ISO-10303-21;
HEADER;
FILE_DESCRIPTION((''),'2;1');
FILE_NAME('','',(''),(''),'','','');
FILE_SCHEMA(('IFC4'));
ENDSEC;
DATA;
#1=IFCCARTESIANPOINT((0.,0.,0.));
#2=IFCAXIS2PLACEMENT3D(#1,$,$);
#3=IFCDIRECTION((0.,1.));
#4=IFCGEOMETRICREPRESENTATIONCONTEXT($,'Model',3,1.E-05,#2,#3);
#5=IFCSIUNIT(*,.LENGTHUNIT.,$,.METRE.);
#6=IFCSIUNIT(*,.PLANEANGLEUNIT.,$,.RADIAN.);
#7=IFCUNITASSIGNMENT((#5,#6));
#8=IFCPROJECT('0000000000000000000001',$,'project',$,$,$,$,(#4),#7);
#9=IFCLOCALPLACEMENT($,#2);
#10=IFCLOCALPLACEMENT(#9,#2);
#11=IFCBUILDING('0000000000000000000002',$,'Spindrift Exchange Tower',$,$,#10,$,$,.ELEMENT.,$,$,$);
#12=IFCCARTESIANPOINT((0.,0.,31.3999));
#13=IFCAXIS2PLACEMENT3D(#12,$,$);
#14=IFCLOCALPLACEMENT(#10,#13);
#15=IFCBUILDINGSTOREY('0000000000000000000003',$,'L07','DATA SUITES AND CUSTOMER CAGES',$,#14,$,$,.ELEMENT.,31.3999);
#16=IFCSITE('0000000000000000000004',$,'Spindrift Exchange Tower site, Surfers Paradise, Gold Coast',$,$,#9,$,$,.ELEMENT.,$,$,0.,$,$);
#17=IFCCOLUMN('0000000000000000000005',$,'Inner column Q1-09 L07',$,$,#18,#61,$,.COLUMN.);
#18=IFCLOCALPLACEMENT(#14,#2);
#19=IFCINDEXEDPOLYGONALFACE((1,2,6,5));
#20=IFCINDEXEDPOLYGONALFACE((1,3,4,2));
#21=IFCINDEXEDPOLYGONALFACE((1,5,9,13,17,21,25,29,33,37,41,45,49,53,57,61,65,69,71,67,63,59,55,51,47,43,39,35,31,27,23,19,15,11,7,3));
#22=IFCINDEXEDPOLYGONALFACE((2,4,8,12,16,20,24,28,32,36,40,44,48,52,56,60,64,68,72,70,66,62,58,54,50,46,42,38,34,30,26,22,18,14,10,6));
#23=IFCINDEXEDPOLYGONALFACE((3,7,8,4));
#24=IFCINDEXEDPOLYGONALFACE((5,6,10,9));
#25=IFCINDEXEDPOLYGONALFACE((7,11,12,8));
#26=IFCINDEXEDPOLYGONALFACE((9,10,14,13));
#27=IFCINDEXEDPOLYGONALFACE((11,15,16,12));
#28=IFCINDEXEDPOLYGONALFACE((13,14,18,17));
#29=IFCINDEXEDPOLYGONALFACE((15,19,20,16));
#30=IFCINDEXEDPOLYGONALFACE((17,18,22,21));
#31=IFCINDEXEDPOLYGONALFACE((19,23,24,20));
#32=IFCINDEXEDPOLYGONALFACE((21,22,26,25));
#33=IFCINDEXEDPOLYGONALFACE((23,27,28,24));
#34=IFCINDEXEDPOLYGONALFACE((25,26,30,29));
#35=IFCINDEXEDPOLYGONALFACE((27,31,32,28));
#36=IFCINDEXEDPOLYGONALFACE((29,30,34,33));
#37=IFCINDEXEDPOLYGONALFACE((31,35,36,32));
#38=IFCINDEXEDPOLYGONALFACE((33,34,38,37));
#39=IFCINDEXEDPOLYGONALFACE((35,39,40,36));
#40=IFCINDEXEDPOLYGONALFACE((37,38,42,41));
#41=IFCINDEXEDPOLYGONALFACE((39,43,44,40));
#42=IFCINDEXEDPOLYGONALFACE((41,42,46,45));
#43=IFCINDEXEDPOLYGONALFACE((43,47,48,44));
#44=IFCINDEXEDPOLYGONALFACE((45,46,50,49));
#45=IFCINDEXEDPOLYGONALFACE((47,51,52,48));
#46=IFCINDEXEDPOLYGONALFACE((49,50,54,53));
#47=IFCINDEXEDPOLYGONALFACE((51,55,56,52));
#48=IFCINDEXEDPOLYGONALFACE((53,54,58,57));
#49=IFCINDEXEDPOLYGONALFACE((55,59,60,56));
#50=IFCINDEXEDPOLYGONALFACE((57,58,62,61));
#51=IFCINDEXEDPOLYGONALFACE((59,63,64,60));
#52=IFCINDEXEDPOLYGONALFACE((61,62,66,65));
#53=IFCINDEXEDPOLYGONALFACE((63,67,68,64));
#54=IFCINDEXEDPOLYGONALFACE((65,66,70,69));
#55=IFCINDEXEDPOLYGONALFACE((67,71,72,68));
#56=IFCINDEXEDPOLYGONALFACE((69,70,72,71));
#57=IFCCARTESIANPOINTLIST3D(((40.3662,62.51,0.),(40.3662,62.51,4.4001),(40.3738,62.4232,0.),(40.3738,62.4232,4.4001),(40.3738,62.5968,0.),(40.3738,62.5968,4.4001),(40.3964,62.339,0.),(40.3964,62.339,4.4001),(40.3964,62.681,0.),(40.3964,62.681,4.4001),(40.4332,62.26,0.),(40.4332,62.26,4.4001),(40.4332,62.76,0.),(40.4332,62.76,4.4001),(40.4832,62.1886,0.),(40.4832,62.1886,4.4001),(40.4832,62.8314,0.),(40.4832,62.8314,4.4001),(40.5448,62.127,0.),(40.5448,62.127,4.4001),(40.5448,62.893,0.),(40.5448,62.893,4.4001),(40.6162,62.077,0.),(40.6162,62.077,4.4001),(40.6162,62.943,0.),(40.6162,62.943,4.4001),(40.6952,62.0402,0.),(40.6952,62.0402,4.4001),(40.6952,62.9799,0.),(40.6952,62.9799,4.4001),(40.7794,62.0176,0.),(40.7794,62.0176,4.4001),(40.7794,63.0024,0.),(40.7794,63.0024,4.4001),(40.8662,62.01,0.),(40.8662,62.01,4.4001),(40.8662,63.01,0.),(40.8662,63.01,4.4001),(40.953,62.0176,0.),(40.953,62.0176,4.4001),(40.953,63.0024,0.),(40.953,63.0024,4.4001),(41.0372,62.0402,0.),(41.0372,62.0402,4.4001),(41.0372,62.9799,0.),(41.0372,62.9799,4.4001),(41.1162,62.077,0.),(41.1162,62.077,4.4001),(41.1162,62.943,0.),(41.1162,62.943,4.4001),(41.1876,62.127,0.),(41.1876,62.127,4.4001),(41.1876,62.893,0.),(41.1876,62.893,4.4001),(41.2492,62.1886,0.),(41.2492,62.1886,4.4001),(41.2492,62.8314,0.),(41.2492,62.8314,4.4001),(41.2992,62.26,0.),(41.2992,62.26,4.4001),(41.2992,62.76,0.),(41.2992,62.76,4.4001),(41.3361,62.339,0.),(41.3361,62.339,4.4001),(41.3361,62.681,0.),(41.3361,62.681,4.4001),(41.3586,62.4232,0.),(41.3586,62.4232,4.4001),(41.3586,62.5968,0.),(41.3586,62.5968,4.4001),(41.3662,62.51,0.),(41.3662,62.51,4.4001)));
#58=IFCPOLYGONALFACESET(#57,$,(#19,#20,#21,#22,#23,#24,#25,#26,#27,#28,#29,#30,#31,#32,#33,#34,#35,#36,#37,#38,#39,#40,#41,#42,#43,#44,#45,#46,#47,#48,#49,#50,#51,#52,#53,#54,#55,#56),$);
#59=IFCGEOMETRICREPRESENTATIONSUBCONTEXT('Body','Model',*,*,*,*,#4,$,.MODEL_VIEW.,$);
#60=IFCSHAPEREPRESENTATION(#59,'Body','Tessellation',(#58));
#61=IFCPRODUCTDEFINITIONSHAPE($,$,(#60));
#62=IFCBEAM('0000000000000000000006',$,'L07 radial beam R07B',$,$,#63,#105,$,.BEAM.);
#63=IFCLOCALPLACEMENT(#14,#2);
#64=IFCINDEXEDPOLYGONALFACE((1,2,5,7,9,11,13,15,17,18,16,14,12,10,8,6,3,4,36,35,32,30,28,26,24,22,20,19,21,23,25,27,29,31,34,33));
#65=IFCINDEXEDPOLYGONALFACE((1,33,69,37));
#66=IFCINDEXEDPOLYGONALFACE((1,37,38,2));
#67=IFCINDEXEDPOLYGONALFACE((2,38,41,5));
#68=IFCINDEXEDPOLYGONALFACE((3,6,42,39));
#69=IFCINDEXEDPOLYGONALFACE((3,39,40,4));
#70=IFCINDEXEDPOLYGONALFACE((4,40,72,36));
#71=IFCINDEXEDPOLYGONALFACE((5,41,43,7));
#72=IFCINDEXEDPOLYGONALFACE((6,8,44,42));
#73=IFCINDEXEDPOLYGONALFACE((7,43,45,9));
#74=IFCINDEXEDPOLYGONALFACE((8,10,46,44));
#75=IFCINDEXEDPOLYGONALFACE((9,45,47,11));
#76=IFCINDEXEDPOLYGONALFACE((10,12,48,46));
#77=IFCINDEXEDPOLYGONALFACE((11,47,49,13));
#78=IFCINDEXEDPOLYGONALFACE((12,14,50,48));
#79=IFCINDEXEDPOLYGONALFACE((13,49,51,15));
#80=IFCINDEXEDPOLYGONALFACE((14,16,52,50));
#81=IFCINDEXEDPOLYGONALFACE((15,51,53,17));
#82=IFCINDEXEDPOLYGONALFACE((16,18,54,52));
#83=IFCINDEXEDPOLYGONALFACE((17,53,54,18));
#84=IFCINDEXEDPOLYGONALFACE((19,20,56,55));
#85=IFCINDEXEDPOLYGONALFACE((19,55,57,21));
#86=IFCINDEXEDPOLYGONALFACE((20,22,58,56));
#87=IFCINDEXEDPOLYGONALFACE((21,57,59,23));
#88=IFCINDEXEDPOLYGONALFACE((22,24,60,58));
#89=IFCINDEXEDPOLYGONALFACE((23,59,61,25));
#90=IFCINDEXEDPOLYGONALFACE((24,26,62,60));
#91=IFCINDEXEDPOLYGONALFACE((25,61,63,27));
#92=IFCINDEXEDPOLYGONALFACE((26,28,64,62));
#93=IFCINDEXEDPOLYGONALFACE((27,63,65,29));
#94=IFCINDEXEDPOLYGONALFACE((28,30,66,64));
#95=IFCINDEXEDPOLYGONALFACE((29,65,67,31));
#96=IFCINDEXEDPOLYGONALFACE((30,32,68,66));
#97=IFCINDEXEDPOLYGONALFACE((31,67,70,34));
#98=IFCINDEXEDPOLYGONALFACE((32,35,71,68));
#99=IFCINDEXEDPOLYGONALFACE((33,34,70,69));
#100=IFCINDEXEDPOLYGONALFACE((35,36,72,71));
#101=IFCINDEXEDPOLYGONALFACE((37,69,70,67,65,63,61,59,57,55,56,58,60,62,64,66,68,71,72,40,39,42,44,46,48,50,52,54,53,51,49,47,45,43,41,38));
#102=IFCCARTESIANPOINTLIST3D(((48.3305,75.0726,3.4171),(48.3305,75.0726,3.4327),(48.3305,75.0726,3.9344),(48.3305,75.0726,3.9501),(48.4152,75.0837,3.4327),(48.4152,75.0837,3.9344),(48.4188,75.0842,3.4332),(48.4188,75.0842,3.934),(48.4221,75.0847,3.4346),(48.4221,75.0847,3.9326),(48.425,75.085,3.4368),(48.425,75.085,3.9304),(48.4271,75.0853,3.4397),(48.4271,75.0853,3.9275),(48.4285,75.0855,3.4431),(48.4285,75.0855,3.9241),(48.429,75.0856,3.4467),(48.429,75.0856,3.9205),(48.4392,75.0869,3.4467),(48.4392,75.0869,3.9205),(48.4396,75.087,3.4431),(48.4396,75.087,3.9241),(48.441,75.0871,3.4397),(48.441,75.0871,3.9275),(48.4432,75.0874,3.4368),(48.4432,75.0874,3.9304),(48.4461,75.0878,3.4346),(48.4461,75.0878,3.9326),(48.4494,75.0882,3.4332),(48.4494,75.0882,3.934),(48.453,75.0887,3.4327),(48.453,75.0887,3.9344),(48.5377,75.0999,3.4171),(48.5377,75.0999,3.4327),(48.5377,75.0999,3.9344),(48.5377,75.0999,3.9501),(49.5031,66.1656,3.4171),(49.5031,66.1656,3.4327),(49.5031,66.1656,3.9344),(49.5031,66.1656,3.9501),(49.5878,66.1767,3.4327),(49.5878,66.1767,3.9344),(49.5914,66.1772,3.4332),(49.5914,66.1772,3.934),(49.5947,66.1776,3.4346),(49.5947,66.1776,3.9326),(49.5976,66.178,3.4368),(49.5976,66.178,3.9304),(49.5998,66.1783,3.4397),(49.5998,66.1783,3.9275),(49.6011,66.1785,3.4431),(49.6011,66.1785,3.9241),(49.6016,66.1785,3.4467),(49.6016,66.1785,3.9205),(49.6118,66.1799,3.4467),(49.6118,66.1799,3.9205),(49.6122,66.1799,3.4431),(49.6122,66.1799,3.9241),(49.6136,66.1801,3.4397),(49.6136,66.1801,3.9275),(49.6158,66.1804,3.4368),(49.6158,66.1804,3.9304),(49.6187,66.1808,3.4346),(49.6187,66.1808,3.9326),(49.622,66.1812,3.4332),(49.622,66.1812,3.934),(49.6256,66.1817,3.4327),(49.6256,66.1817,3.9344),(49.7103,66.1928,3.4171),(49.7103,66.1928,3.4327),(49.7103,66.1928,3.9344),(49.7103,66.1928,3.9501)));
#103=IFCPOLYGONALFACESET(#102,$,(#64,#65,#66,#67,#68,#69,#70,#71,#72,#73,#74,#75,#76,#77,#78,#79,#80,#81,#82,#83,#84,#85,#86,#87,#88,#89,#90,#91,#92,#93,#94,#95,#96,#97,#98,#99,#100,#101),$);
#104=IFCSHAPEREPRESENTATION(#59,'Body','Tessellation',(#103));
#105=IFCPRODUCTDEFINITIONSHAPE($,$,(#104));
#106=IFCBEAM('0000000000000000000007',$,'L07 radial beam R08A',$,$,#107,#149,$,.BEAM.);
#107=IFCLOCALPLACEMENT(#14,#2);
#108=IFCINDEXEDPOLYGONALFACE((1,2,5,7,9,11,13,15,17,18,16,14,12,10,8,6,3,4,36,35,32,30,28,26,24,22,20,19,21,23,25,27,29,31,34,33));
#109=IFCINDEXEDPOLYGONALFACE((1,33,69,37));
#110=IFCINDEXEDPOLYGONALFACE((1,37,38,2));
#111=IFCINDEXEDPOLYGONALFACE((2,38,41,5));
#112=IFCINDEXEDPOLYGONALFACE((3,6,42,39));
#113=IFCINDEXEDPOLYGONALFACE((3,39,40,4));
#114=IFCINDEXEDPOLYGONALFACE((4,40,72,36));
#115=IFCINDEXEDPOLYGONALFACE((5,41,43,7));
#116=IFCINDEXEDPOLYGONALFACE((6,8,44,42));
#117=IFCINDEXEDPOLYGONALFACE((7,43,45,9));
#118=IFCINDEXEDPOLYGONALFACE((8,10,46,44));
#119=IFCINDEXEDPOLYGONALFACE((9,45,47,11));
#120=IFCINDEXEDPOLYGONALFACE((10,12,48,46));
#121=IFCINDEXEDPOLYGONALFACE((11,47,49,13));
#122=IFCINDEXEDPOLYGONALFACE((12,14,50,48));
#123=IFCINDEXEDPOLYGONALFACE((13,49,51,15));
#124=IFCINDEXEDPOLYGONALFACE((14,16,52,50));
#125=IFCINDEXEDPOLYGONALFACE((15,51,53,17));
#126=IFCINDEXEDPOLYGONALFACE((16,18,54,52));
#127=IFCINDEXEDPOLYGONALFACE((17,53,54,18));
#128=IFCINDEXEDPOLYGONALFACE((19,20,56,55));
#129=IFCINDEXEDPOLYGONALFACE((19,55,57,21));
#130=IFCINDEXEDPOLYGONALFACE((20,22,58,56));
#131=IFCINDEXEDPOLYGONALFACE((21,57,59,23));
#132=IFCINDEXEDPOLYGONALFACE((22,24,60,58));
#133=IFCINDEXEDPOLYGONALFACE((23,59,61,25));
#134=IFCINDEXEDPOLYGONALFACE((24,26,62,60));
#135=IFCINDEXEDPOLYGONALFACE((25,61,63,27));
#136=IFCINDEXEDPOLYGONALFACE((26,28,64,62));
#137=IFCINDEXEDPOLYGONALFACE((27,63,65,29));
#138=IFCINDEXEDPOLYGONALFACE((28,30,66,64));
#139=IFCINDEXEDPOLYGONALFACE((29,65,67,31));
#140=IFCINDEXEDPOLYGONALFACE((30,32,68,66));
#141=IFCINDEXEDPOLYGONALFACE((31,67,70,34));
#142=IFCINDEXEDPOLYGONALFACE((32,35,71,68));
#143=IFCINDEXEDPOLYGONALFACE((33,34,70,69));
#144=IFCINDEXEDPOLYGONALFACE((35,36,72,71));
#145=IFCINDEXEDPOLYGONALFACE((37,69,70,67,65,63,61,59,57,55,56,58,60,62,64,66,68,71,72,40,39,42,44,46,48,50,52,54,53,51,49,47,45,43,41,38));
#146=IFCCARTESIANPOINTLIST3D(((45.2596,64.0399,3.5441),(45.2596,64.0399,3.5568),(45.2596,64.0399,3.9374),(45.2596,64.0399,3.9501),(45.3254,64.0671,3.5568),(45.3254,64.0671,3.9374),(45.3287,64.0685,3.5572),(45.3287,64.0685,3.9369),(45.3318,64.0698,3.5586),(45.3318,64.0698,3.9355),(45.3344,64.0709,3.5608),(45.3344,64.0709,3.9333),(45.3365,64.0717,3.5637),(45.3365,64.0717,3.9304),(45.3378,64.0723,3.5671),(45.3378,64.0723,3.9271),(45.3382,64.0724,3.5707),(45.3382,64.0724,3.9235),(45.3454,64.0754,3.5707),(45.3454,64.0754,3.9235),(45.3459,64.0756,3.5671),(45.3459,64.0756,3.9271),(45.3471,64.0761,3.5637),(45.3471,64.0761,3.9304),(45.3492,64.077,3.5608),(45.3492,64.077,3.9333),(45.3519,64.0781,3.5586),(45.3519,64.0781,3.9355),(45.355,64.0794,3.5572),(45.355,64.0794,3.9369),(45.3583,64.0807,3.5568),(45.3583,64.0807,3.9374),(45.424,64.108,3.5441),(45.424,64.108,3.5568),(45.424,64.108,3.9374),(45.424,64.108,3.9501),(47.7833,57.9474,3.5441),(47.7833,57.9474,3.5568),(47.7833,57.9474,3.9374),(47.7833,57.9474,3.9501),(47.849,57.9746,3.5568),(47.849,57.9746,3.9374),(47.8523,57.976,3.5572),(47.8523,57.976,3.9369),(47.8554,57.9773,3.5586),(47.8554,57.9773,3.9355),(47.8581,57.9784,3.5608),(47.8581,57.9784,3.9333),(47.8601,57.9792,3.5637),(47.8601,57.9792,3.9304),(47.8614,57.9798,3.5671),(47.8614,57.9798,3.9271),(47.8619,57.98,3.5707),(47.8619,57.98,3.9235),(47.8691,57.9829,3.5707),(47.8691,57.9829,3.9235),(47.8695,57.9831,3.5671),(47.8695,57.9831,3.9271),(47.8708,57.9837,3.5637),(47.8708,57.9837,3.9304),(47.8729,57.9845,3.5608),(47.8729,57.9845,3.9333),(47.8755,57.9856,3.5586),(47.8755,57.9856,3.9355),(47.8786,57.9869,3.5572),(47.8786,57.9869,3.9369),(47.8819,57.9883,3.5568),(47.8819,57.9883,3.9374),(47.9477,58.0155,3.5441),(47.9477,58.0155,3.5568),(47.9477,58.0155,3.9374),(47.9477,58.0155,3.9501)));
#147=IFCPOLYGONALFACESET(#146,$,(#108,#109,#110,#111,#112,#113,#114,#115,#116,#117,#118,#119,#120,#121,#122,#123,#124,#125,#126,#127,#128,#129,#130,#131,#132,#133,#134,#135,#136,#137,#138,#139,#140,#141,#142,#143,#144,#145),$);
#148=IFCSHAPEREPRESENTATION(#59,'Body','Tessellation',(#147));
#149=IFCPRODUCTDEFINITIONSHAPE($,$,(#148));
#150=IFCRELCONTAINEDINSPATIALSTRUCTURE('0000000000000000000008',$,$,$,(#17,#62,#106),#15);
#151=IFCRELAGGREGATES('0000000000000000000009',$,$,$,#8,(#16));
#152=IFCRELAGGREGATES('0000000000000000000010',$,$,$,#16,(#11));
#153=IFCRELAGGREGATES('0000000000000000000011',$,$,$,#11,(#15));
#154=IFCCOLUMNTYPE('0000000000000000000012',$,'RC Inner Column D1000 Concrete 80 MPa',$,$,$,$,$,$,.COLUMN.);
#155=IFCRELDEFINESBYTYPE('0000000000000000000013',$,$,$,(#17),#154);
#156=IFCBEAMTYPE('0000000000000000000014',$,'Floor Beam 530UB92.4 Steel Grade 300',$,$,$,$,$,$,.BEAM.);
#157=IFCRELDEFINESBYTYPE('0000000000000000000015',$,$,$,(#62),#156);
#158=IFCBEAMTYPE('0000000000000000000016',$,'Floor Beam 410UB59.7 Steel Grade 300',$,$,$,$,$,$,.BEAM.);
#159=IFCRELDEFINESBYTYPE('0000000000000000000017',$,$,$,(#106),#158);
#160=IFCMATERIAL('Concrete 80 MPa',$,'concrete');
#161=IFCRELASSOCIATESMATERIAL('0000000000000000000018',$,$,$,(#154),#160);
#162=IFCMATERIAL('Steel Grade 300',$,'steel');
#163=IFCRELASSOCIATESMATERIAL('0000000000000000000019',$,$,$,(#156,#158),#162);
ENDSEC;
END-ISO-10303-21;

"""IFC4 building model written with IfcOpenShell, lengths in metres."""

from ifc_helpers import new_model, si_unit, direction, frame, origin, origin_2d, place, context, subcontext, project, spatial, circle, i_section, extrude, source, transform, mapped, material, material_profile, profile_set, type_object, element, save


model = new_model("IFC4")

# Units and contexts
model_context = context("Model", 3, precision=1e-05, world=origin(), true_north=direction((0.0, 1.0)))
body_context = subcontext(model_context, "Body", "Model", "MODEL_VIEW")
ifc_project = project(units=[si_unit("LENGTHUNIT", "METRE"), si_unit("PLANEANGLEUNIT", "RADIAN")], contexts=[model_context])

# Site, building, storey
site_placement = place(None, origin())
site = spatial("IfcSite", under=ifc_project, at=site_placement, Name="Spindrift Exchange Tower site, Surfers Paradise, Gold Coast", CompositionType="ELEMENT", RefElevation=0.0)
building_placement = place(site_placement, origin())
building = spatial("IfcBuilding", under=site, at=building_placement, Name="Spindrift Exchange Tower", CompositionType="ELEMENT")
storey_placement = place(building_placement, frame((0.0, 0.0, 31.3999)))
storey = spatial("IfcBuildingStorey", under=building, at=storey_placement, Name="L07", Description="DATA SUITES AND CUSTOMER CAGES", CompositionType="ELEMENT", Elevation=31.3999)

# Column
ifc_material_1 = material(Name="Concrete 80 MPa", Category="concrete")
ifc_material_profile_1 = material_profile(ifc_material_1, circle(Radius=0.5, at=origin_2d()), Name="RC D1000")
ifc_profile_set_1 = profile_set([ifc_material_profile_1], Name="Concrete 80 MPa")
column_type_1 = type_object("IfcColumnType", Name="RC Inner Column D1000 Concrete 80 MPa", PredefinedType="COLUMN", material=ifc_profile_set_1)
shared_shape_1 = source(origin(), body_context, "Body", "SweptSolid", [
    extrude(circle(Radius=0.5, at=origin_2d()), origin(), (0.0, 0.0, 1.0), 4.4001),
])
for number, where, z_axis, x_axis, name in (
    (1, (40.8662, 62.51, 0.0), (0.0, 0.0, 1.0), (1.0, 0.0, 0.0), "Inner column Q1-09 L07"),
):
    element("IfcColumn", number, at=place(storey_placement, frame(where, z_axis=z_axis, x_axis=x_axis)), inside=storey, type_object=column_type_1, Name=name, PredefinedType="COLUMN", context=body_context, shape_type="MappedRepresentation", body=[
        mapped(shared_shape_1, transform((0.0, 0.0, 0.0), scale=1.0)),
    ])

# Beams
ifc_material_2 = material(Name="Steel Grade 300", Category="steel")
ifc_material_profile_2 = material_profile(ifc_material_2, i_section(OverallWidth=0.209, OverallDepth=0.533, WebThickness=0.0103, FlangeThickness=0.0156, FilletRadius=0.0139, at=origin_2d()), Name="530UB92.4")
ifc_profile_set_2 = profile_set([ifc_material_profile_2], Name="Steel Grade 300")
beam_type_1 = type_object("IfcBeamType", Name="Floor Beam 530UB92.4 Steel Grade 300", PredefinedType="BEAM", material=ifc_profile_set_2)
shared_shape_2 = source(origin(), body_context, "Body", "SweptSolid", [
    extrude(i_section(OverallWidth=0.209, OverallDepth=0.533, WebThickness=0.0103, FlangeThickness=0.0156, FilletRadius=0.0139, at=origin_2d()), origin(), (0.0, 0.0, 1.0), 8.9839),
])
beam_1_placement = place(storey_placement, frame((49.6067, 66.1792, 3.6836), z_axis=(-0.130524, 0.991445, 0.0), x_axis=(-0.991445, -0.130524, 0.0)))
element("IfcBeam", 2, at=beam_1_placement, inside=storey, type_object=beam_type_1, Name="L07 radial beam R07B", PredefinedType="BEAM", context=body_context, shape_type="MappedRepresentation", body=[
    mapped(shared_shape_2, transform((0.0, 0.0, 0.0), scale=1.0)),
])
ifc_material_profile_3 = material_profile(ifc_material_2, i_section(OverallWidth=0.178, OverallDepth=0.406, WebThickness=0.0078, FlangeThickness=0.0127, FilletRadius=0.0139, at=origin_2d()), Name="410UB59.7")
ifc_profile_set_3 = profile_set([ifc_material_profile_3], Name="Steel Grade 300")
beam_type_2 = type_object("IfcBeamType", Name="Floor Beam 410UB59.7 Steel Grade 300", PredefinedType="BEAM", material=ifc_profile_set_3)
shared_shape_3 = source(origin(), body_context, "Body", "SweptSolid", [
    extrude(i_section(OverallWidth=0.178, OverallDepth=0.406, WebThickness=0.0078, FlangeThickness=0.0127, FilletRadius=0.0139, at=origin_2d()), origin(), (0.0, 0.0, 1.0), 6.5945),
])
beam_2_placement = place(storey_placement, frame((47.8655, 57.9814, 3.7471), z_axis=(-0.382693, 0.923876, 0.0), x_axis=(-0.923876, -0.382693, 0.0)))
element("IfcBeam", 3, at=beam_2_placement, inside=storey, type_object=beam_type_2, Name="L07 radial beam R08A", PredefinedType="BEAM", context=body_context, shape_type="MappedRepresentation", body=[
    mapped(shared_shape_3, transform((0.0, 0.0, 0.0), scale=1.0)),
])

save(model, "model.ifc")
